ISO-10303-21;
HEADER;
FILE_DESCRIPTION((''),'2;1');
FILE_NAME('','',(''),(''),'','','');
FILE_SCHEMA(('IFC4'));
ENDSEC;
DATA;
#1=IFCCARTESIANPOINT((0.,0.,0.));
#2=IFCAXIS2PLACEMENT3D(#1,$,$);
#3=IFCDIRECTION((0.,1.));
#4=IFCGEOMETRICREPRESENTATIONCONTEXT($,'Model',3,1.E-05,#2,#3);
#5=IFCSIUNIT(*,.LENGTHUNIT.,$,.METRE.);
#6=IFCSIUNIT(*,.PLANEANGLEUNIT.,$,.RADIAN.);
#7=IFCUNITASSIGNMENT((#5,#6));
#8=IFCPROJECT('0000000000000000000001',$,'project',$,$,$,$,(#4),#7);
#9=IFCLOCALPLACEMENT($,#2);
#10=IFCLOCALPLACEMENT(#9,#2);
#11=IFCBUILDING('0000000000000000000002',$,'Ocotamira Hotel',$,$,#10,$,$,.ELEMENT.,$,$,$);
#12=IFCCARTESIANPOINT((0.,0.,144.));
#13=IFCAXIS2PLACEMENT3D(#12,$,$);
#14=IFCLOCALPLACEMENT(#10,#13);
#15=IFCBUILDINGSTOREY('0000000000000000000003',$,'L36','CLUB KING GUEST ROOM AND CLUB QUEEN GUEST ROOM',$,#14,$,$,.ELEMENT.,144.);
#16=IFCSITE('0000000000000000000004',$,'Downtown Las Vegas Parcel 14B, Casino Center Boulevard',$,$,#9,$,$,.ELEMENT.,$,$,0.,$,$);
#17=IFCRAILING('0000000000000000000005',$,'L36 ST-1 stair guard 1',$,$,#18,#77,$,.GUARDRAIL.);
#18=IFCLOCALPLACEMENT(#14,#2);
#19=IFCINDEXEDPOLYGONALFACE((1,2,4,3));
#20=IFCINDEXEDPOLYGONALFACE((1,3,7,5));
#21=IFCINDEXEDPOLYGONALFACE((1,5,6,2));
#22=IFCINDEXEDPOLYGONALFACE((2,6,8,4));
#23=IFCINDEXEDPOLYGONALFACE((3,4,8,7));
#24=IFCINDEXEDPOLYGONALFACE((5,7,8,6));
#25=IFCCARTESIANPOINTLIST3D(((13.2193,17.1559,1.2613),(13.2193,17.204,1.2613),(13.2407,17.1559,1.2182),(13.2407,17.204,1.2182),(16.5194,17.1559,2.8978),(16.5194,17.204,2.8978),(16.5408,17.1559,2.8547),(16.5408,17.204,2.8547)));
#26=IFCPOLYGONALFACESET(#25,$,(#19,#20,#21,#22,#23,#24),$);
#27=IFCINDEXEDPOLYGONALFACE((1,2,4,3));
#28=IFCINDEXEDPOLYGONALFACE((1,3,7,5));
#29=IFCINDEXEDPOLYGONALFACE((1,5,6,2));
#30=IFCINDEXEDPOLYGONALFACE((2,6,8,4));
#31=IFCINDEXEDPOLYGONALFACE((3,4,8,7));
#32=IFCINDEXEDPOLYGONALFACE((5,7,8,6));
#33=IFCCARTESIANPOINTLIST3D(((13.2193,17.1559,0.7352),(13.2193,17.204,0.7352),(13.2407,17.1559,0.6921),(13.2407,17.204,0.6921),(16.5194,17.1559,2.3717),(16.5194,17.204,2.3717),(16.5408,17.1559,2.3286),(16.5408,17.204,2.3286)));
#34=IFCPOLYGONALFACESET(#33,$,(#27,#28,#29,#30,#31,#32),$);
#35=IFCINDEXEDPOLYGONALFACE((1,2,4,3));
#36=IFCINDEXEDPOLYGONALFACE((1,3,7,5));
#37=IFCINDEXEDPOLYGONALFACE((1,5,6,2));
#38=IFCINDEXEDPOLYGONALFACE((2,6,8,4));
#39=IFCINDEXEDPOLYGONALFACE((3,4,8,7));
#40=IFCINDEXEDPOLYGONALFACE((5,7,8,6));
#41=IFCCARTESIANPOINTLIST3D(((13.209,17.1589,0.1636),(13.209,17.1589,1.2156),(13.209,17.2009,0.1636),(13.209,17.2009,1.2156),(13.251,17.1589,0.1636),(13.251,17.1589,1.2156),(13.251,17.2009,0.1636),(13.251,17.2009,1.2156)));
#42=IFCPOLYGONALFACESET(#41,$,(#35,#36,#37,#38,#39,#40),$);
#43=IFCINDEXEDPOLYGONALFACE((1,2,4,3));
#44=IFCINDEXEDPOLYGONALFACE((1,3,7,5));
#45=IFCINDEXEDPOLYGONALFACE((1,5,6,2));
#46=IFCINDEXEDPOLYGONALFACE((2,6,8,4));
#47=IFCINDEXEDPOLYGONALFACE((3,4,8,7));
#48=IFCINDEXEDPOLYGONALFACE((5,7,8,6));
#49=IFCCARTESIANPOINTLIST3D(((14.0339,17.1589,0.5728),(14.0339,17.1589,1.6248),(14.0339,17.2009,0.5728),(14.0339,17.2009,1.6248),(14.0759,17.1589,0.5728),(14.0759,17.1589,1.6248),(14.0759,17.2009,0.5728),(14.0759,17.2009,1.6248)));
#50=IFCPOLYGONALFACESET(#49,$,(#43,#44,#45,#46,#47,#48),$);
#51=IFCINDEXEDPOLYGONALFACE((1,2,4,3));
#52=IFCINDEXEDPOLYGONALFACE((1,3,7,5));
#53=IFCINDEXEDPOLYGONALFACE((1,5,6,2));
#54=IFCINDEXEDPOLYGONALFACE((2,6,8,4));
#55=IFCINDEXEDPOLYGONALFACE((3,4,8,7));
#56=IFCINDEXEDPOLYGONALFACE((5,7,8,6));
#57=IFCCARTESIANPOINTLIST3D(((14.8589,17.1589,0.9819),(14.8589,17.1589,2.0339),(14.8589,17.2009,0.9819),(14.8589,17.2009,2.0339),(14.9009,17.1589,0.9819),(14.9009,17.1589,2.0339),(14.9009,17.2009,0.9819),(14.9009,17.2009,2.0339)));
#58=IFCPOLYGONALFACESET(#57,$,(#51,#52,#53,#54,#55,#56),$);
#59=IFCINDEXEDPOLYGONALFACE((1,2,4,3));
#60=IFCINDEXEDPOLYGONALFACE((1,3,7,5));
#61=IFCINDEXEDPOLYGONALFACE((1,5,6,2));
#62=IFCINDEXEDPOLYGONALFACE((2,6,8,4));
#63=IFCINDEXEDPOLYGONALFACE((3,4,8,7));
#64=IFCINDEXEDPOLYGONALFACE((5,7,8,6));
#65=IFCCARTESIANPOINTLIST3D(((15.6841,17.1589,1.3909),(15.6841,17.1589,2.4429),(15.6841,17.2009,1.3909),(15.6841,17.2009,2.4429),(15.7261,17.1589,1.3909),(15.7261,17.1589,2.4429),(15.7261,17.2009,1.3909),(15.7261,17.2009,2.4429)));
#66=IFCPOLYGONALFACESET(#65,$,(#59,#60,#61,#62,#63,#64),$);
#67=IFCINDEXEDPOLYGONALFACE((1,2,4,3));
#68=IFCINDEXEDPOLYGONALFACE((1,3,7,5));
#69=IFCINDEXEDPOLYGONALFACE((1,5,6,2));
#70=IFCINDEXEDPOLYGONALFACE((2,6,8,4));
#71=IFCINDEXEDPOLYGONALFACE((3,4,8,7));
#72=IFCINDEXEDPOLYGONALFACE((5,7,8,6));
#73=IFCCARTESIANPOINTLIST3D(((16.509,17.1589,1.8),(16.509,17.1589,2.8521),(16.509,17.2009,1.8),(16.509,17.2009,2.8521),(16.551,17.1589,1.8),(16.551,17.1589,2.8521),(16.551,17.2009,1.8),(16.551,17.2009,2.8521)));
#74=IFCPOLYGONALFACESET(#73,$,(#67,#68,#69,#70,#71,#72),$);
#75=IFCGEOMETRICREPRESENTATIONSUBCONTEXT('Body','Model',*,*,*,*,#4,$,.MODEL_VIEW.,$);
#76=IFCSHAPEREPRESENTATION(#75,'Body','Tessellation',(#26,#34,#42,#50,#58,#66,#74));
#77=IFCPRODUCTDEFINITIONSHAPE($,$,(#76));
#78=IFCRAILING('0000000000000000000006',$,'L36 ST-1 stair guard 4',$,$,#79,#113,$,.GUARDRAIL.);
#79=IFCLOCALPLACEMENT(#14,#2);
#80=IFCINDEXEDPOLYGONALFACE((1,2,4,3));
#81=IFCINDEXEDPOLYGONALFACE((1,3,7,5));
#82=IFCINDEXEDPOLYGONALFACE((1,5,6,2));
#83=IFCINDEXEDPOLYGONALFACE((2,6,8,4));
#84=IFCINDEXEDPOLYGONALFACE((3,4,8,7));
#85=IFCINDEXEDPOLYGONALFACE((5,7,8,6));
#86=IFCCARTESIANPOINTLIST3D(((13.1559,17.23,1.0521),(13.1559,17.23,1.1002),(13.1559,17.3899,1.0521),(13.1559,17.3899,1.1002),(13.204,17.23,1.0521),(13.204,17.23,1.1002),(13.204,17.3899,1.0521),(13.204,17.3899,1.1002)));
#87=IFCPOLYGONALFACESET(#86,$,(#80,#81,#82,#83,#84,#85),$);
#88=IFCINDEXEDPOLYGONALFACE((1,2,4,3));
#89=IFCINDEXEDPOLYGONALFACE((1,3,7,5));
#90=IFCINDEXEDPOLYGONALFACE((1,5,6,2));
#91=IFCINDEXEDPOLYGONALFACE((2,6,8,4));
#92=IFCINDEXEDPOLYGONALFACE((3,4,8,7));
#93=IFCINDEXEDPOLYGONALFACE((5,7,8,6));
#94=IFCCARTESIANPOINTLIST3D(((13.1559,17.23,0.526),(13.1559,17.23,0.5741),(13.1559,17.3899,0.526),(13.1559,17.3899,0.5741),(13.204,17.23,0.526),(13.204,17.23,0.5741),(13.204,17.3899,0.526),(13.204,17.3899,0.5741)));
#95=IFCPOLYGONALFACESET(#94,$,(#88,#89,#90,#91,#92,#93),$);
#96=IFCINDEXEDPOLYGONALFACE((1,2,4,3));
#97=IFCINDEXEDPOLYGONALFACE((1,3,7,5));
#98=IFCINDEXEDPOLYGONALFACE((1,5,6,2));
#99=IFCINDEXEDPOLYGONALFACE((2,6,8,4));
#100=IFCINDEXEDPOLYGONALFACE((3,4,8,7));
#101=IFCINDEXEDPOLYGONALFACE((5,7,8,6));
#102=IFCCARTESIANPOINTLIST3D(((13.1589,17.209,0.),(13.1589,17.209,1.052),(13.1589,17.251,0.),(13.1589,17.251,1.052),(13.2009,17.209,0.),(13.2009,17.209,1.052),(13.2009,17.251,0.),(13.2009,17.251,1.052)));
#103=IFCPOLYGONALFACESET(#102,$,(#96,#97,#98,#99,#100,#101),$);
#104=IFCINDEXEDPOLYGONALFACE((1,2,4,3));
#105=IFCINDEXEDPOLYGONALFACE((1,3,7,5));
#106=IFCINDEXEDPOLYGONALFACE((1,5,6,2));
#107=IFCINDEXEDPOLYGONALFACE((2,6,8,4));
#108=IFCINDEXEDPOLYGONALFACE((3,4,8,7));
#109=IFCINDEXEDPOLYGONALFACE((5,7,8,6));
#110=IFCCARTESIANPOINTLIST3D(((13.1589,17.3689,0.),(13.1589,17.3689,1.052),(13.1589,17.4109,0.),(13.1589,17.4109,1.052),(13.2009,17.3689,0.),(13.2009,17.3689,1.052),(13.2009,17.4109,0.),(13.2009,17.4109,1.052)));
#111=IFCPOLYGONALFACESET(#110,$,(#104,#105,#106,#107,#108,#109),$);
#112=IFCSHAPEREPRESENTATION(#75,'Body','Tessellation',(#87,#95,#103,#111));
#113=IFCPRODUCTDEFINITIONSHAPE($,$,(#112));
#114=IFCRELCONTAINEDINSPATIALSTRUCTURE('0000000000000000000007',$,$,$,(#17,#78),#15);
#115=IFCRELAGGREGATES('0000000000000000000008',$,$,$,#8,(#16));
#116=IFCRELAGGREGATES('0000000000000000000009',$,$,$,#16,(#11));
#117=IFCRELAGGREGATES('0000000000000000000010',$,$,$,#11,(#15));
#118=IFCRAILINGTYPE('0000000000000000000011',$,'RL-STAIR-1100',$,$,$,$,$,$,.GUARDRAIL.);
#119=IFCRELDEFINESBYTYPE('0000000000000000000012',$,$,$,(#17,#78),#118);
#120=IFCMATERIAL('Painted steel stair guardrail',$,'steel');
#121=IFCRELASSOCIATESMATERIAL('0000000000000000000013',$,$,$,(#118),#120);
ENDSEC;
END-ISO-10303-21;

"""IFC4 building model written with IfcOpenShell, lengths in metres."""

from ifc_helpers import new_model, si_unit, direction, frame, origin, origin_2d, place, context, subcontext, project, spatial, rectangle, extrude, material, type_object, element, save


model = new_model("IFC4")

# Units and contexts
model_context = context("Model", 3, precision=1e-05, world=origin(), true_north=direction((0.0, 1.0)))
body_context = subcontext(model_context, "Body", "Model", "MODEL_VIEW")
ifc_project = project(units=[si_unit("LENGTHUNIT", "METRE"), si_unit("PLANEANGLEUNIT", "RADIAN")], contexts=[model_context])

# Site, building, storey
site_placement = place(None, origin())
site = spatial("IfcSite", under=ifc_project, at=site_placement, Name="Downtown Las Vegas Parcel 14B, Casino Center Boulevard", CompositionType="ELEMENT", RefElevation=0.0)
building_placement = place(site_placement, origin())
building = spatial("IfcBuilding", under=site, at=building_placement, Name="Ocotamira Hotel", CompositionType="ELEMENT")
storey_placement = place(building_placement, frame((0.0, 0.0, 144.0)))
storey = spatial("IfcBuildingStorey", under=building, at=storey_placement, Name="L36", Description="CLUB KING GUEST ROOM AND CLUB QUEEN GUEST ROOM", CompositionType="ELEMENT", Elevation=144.0)

# Railings
ifc_material_1 = material(Name="Painted steel stair guardrail", Category="steel")
railing_type_1 = type_object("IfcRailingType", Name="RL-STAIR-1100", PredefinedType="GUARDRAIL", material=ifc_material_1)
railing_1_placement = place(storey_placement, frame((13.23, 17.1799, 0.1636)))
element("IfcRailing", 1, at=railing_1_placement, inside=storey, type_object=railing_type_1, Name="L36 ST-1 stair guard 1", PredefinedType="GUARDRAIL", context=body_context, shape_type="SweptSolid", body=[
    extrude(rectangle(XDim=0.0481, YDim=0.0481, at=origin_2d()), frame((0.0, 0.0, 1.0762), z_axis=(0.895894, 0.0, 0.444268), x_axis=(0.0, 1.0, 0.0)), (0.0, 0.0, 1.0), 3.6836),
    extrude(rectangle(XDim=0.0481, YDim=0.0481, at=origin_2d()), frame((0.0, 0.0, 0.55), z_axis=(0.895894, 0.0, 0.444268), x_axis=(0.0, 1.0, 0.0)), (0.0, 0.0, 1.0), 3.6836),
    extrude(rectangle(XDim=0.042, YDim=0.042, at=origin_2d()), origin(), (0.0, 0.0, 1.0), 1.052),
    extrude(rectangle(XDim=0.042, YDim=0.042, at=origin_2d()), frame((0.825, 0.0, 0.4092)), (0.0, 0.0, 1.0), 1.052),
    extrude(rectangle(XDim=0.042, YDim=0.042, at=origin_2d()), frame((1.6499, 0.0, 0.8184)), (0.0, 0.0, 1.0), 1.052),
    extrude(rectangle(XDim=0.042, YDim=0.042, at=origin_2d()), frame((2.4751, 0.0, 1.2273)), (0.0, 0.0, 1.0), 1.052),
    extrude(rectangle(XDim=0.042, YDim=0.042, at=origin_2d()), frame((3.3, 0.0, 1.6365)), (0.0, 0.0, 1.0), 1.052),
])
railing_2_placement = place(storey_placement, frame((13.1799, 17.23, 0.0)))
element("IfcRailing", 2, at=railing_2_placement, inside=storey, type_object=railing_type_1, Name="L36 ST-1 stair guard 4", PredefinedType="GUARDRAIL", context=body_context, shape_type="SweptSolid", body=[
    extrude(rectangle(XDim=0.0481, YDim=0.0481, at=origin_2d()), frame((0.0, 0.0, 1.0762), z_axis=(0.0, 1.0, 0.0), x_axis=(-1.0, 0.0, 0.0)), (0.0, 0.0, 1.0), 0.1599),
    extrude(rectangle(XDim=0.0481, YDim=0.0481, at=origin_2d()), frame((0.0, 0.0, 0.55), z_axis=(0.0, 1.0, 0.0), x_axis=(-1.0, 0.0, 0.0)), (0.0, 0.0, 1.0), 0.1599),
    extrude(rectangle(XDim=0.042, YDim=0.042, at=origin_2d()), origin(), (0.0, 0.0, 1.0), 1.052),
    extrude(rectangle(XDim=0.042, YDim=0.042, at=origin_2d()), frame((0.0, 0.1599, 0.0)), (0.0, 0.0, 1.0), 1.052),
])

save(model, "model.ifc")
